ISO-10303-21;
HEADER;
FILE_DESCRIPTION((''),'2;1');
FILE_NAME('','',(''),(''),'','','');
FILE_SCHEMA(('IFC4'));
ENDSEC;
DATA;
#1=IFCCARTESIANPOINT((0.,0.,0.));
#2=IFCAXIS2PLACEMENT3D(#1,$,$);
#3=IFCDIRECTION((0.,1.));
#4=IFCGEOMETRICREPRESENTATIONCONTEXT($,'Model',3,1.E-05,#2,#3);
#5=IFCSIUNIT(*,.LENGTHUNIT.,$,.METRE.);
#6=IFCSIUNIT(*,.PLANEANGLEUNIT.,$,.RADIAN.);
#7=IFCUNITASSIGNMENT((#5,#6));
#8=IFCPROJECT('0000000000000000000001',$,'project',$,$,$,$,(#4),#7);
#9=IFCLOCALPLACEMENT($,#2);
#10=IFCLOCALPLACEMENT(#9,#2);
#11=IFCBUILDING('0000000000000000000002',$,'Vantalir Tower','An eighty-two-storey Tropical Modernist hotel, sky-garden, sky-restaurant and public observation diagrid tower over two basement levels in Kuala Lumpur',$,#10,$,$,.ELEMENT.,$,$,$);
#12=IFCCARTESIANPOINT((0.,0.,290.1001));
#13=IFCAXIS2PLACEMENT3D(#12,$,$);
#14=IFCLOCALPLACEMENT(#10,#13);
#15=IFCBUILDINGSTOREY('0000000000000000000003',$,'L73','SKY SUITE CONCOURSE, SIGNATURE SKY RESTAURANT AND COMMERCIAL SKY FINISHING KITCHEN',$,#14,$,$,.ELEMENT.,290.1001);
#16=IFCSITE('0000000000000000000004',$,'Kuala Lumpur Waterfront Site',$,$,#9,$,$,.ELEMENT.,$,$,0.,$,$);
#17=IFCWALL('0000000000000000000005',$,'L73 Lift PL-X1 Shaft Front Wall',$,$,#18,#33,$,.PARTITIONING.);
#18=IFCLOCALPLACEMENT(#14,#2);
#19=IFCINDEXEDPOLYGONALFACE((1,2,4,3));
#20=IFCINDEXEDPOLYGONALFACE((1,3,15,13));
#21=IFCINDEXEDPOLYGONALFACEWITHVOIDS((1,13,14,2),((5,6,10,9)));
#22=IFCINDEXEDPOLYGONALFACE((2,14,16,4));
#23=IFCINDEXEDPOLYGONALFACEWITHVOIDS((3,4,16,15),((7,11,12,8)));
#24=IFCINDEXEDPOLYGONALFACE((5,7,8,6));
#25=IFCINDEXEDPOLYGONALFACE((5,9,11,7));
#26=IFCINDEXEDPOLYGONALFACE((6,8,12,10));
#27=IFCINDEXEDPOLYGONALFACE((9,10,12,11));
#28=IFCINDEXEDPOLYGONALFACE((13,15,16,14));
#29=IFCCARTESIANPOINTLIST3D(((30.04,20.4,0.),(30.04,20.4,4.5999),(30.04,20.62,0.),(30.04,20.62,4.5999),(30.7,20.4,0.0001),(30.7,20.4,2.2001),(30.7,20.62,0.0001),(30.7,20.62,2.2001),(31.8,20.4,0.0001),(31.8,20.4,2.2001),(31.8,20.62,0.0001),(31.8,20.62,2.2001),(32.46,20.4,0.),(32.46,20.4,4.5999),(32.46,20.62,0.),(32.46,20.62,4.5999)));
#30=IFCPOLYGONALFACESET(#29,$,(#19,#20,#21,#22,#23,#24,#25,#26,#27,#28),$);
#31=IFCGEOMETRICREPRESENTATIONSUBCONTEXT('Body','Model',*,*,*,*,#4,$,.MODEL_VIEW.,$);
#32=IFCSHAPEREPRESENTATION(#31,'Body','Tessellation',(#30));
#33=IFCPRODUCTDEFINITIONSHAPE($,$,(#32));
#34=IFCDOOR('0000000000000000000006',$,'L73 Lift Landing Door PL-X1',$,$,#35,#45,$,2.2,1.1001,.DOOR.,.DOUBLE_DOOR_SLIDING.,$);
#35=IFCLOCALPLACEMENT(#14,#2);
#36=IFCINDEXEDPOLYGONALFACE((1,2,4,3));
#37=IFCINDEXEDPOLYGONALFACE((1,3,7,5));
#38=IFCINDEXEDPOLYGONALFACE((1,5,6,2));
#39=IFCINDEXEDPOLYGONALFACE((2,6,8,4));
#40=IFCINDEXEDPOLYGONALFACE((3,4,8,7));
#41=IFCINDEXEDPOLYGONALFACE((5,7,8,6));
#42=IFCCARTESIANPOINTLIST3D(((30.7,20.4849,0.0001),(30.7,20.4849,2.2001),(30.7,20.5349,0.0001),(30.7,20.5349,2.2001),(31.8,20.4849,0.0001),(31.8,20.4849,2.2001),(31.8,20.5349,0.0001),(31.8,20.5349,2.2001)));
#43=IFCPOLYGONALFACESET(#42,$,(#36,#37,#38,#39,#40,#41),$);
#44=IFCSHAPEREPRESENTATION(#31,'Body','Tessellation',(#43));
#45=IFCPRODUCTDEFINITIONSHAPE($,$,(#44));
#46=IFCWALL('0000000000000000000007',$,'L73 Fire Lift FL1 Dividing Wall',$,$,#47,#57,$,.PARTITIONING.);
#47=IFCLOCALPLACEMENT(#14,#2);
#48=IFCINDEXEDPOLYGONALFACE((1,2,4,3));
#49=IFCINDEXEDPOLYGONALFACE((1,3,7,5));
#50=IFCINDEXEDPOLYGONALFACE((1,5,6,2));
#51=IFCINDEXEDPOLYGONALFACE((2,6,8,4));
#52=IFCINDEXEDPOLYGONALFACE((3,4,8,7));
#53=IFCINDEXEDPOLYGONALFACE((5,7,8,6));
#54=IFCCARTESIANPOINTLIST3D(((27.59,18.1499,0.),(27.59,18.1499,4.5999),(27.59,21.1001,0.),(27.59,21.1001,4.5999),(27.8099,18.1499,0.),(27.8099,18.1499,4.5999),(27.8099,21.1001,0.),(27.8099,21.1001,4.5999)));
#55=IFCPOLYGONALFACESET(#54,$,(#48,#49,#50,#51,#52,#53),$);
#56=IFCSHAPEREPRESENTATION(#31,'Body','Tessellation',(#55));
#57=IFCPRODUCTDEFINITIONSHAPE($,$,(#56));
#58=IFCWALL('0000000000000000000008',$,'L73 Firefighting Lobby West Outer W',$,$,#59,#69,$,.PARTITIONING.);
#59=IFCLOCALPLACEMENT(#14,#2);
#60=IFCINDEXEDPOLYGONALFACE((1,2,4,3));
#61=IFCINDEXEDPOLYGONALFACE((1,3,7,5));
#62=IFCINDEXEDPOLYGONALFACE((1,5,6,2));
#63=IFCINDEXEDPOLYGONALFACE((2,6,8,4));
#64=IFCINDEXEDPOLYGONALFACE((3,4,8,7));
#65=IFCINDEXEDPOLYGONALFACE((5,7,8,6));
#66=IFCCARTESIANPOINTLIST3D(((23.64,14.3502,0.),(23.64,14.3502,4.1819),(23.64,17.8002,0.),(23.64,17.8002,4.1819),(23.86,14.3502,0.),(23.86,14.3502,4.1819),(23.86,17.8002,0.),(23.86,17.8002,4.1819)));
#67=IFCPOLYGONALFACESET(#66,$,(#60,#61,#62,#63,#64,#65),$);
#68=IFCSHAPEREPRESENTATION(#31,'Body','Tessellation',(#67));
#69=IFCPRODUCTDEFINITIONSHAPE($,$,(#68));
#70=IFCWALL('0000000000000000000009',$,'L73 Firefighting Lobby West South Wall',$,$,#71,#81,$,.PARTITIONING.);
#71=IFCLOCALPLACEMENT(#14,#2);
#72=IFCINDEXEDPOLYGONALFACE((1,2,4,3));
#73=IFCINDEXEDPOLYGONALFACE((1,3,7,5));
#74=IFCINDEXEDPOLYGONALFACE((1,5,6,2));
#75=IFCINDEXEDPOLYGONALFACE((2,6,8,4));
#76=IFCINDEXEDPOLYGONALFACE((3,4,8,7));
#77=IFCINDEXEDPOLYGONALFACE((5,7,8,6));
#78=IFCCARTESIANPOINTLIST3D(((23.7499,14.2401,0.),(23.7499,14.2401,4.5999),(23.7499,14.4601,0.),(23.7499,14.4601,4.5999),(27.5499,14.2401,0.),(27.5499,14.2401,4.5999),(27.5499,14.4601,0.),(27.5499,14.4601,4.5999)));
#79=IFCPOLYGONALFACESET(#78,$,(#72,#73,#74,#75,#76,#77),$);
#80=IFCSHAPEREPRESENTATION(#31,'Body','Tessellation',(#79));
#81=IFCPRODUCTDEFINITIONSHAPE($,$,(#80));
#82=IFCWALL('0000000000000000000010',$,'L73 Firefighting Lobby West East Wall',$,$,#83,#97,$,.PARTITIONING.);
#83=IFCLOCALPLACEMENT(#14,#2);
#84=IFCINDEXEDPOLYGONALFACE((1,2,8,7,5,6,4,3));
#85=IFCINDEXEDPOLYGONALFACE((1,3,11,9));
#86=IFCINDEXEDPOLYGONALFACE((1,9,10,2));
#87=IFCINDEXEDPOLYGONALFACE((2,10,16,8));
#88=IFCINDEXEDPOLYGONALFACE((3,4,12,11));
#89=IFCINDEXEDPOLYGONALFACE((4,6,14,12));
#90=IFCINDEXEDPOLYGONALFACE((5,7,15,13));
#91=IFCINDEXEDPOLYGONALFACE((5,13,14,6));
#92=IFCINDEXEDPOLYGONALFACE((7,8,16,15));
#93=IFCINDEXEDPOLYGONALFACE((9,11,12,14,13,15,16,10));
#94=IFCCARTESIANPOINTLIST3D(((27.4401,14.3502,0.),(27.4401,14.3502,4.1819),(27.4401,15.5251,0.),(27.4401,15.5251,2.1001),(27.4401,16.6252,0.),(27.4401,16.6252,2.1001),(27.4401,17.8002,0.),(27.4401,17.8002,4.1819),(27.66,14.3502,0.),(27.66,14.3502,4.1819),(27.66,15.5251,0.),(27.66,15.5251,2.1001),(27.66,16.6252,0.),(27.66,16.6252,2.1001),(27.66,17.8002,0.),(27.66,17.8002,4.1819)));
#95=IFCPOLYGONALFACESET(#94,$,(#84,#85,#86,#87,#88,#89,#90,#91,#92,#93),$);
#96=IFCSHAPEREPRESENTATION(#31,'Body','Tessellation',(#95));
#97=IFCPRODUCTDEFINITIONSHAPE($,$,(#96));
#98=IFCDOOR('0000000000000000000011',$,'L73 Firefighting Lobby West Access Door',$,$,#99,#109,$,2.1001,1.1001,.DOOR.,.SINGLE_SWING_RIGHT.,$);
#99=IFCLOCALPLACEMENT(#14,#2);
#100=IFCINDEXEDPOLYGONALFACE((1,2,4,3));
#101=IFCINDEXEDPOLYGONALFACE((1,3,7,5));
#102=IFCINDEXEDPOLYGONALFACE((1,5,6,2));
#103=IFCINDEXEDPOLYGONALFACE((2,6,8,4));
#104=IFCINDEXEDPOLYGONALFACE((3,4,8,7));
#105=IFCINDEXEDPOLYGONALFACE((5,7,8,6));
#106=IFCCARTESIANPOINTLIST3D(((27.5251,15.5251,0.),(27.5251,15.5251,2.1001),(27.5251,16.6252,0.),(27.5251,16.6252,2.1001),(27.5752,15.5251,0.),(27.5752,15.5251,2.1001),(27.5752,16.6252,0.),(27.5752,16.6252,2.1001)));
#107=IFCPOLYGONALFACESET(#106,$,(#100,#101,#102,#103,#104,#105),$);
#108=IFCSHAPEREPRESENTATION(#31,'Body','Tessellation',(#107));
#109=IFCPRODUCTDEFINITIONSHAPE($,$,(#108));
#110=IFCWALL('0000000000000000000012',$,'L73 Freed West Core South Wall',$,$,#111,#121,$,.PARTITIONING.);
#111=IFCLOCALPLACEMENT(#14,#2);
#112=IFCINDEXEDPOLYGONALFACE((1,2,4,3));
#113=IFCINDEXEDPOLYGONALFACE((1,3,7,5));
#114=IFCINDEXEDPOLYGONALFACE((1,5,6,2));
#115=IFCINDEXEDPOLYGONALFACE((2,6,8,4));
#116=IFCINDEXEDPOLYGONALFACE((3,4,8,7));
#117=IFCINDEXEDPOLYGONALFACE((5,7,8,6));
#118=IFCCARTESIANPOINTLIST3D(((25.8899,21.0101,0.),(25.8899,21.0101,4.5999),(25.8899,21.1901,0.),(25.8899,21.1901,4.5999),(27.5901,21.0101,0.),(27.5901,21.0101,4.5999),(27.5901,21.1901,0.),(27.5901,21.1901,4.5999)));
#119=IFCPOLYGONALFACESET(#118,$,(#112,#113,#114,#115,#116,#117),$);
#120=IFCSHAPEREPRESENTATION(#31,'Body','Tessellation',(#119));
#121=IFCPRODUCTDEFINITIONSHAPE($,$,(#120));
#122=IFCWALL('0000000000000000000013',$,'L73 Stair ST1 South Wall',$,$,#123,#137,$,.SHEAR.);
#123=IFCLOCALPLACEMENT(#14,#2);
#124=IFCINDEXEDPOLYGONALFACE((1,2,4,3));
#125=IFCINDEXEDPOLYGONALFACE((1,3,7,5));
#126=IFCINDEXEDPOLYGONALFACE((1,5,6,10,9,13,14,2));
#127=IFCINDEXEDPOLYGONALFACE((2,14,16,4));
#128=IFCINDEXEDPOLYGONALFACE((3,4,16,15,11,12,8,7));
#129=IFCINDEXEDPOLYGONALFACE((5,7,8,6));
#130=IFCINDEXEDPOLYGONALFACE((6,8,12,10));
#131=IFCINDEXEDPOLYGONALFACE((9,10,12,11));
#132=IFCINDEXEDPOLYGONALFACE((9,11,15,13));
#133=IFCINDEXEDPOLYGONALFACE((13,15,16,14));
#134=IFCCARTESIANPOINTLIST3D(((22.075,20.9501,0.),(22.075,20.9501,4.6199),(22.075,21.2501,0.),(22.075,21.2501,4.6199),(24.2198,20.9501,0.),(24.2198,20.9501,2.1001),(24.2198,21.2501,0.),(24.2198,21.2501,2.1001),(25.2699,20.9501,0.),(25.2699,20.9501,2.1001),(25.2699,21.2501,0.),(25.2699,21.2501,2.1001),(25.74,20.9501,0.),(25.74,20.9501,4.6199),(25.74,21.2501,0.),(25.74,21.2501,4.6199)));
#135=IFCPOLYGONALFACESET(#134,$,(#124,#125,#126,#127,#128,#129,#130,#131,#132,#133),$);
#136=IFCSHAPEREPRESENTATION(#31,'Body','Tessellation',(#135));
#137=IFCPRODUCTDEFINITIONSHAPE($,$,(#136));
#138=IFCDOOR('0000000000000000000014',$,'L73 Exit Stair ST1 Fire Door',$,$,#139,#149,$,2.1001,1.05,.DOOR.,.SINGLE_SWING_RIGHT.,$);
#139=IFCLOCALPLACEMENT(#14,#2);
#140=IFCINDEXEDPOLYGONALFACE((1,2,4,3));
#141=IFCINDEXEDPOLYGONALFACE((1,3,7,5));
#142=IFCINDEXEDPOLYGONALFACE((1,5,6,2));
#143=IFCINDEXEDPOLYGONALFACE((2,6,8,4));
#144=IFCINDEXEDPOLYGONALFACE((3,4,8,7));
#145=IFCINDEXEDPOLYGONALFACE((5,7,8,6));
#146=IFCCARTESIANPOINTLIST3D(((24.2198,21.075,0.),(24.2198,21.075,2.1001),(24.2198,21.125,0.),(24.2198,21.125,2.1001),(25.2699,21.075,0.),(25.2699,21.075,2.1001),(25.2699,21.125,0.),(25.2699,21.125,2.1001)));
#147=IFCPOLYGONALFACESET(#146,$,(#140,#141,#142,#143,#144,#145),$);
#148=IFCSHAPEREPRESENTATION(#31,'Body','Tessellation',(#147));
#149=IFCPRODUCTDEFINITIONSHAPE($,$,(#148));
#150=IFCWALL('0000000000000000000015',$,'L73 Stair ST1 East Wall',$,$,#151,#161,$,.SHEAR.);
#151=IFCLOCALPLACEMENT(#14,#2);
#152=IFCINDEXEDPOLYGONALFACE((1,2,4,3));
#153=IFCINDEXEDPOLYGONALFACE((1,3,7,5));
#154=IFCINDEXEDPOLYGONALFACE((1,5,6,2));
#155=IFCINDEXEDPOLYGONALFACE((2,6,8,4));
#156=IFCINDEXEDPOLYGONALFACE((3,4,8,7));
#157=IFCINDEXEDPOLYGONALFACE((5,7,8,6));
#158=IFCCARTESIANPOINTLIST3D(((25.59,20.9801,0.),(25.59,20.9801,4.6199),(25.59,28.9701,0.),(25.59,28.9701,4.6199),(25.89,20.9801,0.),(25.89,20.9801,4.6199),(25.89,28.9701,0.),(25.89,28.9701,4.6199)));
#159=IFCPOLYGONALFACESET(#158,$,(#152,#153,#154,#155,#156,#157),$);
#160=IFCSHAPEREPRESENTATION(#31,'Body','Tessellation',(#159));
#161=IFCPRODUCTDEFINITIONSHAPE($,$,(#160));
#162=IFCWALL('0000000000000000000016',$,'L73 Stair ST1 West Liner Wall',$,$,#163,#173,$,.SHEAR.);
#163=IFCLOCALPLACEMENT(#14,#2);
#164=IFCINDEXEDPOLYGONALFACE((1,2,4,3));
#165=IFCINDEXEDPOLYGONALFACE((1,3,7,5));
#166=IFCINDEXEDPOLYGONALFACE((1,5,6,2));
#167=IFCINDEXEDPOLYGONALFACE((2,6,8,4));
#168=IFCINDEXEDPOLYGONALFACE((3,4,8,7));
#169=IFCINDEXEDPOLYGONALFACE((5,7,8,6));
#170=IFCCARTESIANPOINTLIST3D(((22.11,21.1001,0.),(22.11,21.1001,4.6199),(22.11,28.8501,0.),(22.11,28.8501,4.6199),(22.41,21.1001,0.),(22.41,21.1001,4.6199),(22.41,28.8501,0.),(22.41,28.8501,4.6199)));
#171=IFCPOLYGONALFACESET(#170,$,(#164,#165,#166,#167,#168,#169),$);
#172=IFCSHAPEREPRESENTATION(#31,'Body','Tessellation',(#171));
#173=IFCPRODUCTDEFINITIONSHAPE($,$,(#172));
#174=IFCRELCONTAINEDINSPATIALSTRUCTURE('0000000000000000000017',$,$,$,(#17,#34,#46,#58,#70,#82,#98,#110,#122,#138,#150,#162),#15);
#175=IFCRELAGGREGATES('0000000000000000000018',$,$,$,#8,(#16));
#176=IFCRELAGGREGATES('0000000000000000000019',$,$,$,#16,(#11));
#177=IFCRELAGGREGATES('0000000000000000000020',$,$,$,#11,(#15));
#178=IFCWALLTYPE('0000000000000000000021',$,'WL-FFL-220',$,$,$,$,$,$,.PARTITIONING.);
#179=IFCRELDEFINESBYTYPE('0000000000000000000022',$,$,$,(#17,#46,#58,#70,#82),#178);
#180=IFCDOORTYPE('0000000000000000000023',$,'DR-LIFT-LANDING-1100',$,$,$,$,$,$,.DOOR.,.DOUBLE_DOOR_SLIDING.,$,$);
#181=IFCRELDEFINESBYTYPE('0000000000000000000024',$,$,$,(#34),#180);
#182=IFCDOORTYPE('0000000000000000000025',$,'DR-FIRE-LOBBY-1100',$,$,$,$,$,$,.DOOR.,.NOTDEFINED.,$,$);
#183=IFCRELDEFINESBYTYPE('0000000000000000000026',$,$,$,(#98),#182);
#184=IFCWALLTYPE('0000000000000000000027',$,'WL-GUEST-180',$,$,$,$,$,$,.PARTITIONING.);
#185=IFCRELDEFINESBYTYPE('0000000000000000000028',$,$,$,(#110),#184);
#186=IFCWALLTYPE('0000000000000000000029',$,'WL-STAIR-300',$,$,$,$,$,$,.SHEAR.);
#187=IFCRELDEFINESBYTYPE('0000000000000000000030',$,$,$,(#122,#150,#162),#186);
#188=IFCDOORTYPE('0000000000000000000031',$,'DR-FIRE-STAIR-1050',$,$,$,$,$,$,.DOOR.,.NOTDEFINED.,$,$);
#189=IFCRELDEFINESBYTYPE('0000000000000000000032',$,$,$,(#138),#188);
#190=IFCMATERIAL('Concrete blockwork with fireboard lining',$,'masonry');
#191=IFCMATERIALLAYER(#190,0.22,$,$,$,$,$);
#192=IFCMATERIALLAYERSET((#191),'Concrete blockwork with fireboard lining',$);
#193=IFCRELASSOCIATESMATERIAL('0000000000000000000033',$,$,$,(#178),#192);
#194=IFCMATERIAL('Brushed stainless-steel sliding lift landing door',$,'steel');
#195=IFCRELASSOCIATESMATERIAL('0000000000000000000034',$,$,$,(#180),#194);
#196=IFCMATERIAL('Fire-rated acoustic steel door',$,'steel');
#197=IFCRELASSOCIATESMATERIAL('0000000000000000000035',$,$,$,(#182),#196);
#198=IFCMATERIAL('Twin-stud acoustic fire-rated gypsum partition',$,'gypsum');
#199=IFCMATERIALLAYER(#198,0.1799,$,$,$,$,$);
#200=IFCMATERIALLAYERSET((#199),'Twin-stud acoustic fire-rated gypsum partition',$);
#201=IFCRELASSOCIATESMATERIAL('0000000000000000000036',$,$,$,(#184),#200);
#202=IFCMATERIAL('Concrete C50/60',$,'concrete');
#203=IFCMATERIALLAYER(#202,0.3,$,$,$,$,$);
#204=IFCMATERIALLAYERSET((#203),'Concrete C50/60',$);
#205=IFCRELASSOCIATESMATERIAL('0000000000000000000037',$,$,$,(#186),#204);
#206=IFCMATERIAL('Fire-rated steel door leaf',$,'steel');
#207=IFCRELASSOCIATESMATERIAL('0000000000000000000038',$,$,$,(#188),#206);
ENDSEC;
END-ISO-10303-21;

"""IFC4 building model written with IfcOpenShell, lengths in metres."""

from ifc_helpers import new_model, si_unit, direction, frame, frame_2d, origin, place, context, subcontext, project, spatial, rectangle, extrude, material, layer, layer_set, type_object, element, fill, save


model = new_model("IFC4")

# Units and contexts
model_context = context("Model", 3, precision=1e-05, world=origin(), true_north=direction((0.0, 1.0)))
body_context = subcontext(model_context, "Body", "Model", "MODEL_VIEW")
ifc_project = project(units=[si_unit("LENGTHUNIT", "METRE"), si_unit("PLANEANGLEUNIT", "RADIAN")], contexts=[model_context])

# Site, building, storey
site_placement = place(None, origin())
site = spatial("IfcSite", under=ifc_project, at=site_placement, Name="Kuala Lumpur Waterfront Site", CompositionType="ELEMENT", RefElevation=0.0)
building_placement = place(site_placement, origin())
building = spatial("IfcBuilding", under=site, at=building_placement, Name="Vantalir Tower", Description="An eighty-two-storey Tropical Modernist hotel, sky-garden, sky-restaurant and public observation diagrid tower over two basement levels in Kuala Lumpur", CompositionType="ELEMENT")
storey_placement = place(building_placement, frame((0.0, 0.0, 290.1001)))
storey = spatial("IfcBuildingStorey", under=building, at=storey_placement, Name="L73", Description="SKY SUITE CONCOURSE, SIGNATURE SKY RESTAURANT AND COMMERCIAL SKY FINISHING KITCHEN", CompositionType="ELEMENT", Elevation=290.1001)

# Shared definitions
ifc_material_1 = material(Name="Concrete C50/60", Category="concrete")

# Shared definitions
ifc_material_2 = material(Name="Concrete blockwork with fireboard lining", Category="masonry")
ifc_layer_1 = layer(ifc_material_2, 0.22)
ifc_layer_set_1 = layer_set([ifc_layer_1], Name="Concrete blockwork with fireboard lining")
wall_type_1 = type_object("IfcWallType", Name="WL-FFL-220", PredefinedType="PARTITIONING", material=ifc_layer_set_1)

# Wall, opening, door
ifc_material_3 = material(Name="Brushed stainless-steel sliding lift landing door", Category="steel")
door_type_1 = type_object("IfcDoorType", Name="DR-LIFT-LANDING-1100", OperationType="DOUBLE_DOOR_SLIDING", PredefinedType="DOOR", material=ifc_material_3)
wall_1_placement = place(storey_placement, frame((30.04, 20.51, 0.0), z_axis=(0.0, 0.0, 1.0), x_axis=(1.0, 0.0, 0.0)))
wall_1 = element("IfcWall", 1, at=wall_1_placement, inside=storey, type_object=wall_type_1, Name="L73 Lift PL-X1 Shaft Front Wall", PredefinedType="PARTITIONING", context=body_context, shape_type="SweptSolid", body=[
    extrude(rectangle(XDim=2.4199, YDim=0.22, at=frame_2d((1.21, 0.0))), origin(), (0.0, 0.0, 1.0), 4.5999),
])
opening_1_placement = place(wall_1_placement, frame((0.6599, 0.0, 0.0)))
opening_1 = element("IfcOpeningElement", 2, at=opening_1_placement, cuts=wall_1, PredefinedType="OPENING", context=body_context, shape_type="SweptSolid", body=[
    extrude(rectangle(XDim=1.1001, YDim=2.2, at=frame_2d((0.55, 1.1001))), frame((0.0, 0.1199, 0.0), z_axis=(0.0, -1.0, 0.0), x_axis=(1.0, 0.0, 0.0)), (0.0, 0.0, 1.0), 0.24),
])
door_1_placement = place(opening_1_placement, origin())
door_1 = element("IfcDoor", 3, at=door_1_placement, inside=storey, type_object=door_type_1, Name="L73 Lift Landing Door PL-X1", OperationType="DOUBLE_DOOR_SLIDING", OverallHeight=2.2, OverallWidth=1.1001, PredefinedType="DOOR", context=body_context, shape_type="SweptSolid", body=[
    extrude(rectangle(XDim=1.1001, YDim=2.2, at=frame_2d((0.55, 1.1001))), frame((0.0, 0.0249, 0.0), z_axis=(0.0, -1.0, 0.0), x_axis=(1.0, 0.0, 0.0)), (0.0, 0.0, 1.0), 0.05),
])
fill(opening_1, door_1)

# Walls
wall_2_placement = place(storey_placement, frame((27.7, 18.1499, 0.0), z_axis=(0.0, 0.0, 1.0), x_axis=(0.0, 1.0, 0.0)))
element("IfcWall", 4, at=wall_2_placement, inside=storey, type_object=wall_type_1, Name="L73 Fire Lift FL1 Dividing Wall", PredefinedType="PARTITIONING", context=body_context, shape_type="SweptSolid", body=[
    extrude(rectangle(XDim=2.9502, YDim=0.22, at=frame_2d((1.4751, 0.0))), origin(), (0.0, 0.0, 1.0), 4.5999),
])
wall_3_placement = place(storey_placement, frame((23.75, 14.3501, 0.0), z_axis=(0.0, 0.0, 1.0), x_axis=(0.0, 1.0, 0.0)))
element("IfcWall", 5, at=wall_3_placement, inside=storey, type_object=wall_type_1, Name="L73 Firefighting Lobby West Outer W", PredefinedType="PARTITIONING", context=body_context, shape_type="SweptSolid", body=[
    extrude(rectangle(XDim=3.45, YDim=0.22, at=frame_2d((1.7251, 0.0))), origin(), (0.0, 0.0, 1.0), 4.1819),
])
wall_4_placement = place(storey_placement, frame((23.75, 14.3501, 0.0), z_axis=(0.0, 0.0, 1.0), x_axis=(1.0, 0.0, 0.0)))
element("IfcWall", 6, at=wall_4_placement, inside=storey, type_object=wall_type_1, Name="L73 Firefighting Lobby West South Wall", PredefinedType="PARTITIONING", context=body_context, shape_type="SweptSolid", body=[
    extrude(rectangle(XDim=3.8, YDim=0.22, at=frame_2d((1.8999, 0.0))), origin(), (0.0, 0.0, 1.0), 4.5999),
])

# Wall, opening, door
wall_5_placement = place(storey_placement, frame((27.55, 14.3501, 0.0), z_axis=(0.0, 0.0, 1.0), x_axis=(0.0, 1.0, 0.0)))
wall_5 = element("IfcWall", 7, at=wall_5_placement, inside=storey, type_object=wall_type_1, Name="L73 Firefighting Lobby West East Wall", PredefinedType="PARTITIONING", context=body_context, shape_type="SweptSolid", body=[
    extrude(rectangle(XDim=3.45, YDim=0.22, at=frame_2d((1.7251, 0.0))), origin(), (0.0, 0.0, 1.0), 4.1819),
])
opening_2_placement = place(wall_5_placement, frame((1.175, 0.0, 0.0)))
opening_2 = element("IfcOpeningElement", 8, at=opening_2_placement, cuts=wall_5, PredefinedType="OPENING", context=body_context, shape_type="SweptSolid", body=[
    extrude(rectangle(XDim=1.1001, YDim=2.1001, at=frame_2d((0.55, 1.05))), frame((0.0, 0.1199, 0.0), z_axis=(0.0, -1.0, 0.0), x_axis=(1.0, 0.0, 0.0)), (0.0, 0.0, 1.0), 0.24),
])
ifc_material_4 = material(Name="Fire-rated acoustic steel door", Category="steel")
door_type_2 = type_object("IfcDoorType", Name="DR-FIRE-LOBBY-1100", OperationType="NOTDEFINED", PredefinedType="DOOR", material=ifc_material_4)
door_2_placement = place(opening_2_placement, origin())
door_2 = element("IfcDoor", 9, at=door_2_placement, inside=storey, type_object=door_type_2, Name="L73 Firefighting Lobby West Access Door", OperationType="SINGLE_SWING_RIGHT", OverallHeight=2.1001, OverallWidth=1.1001, PredefinedType="DOOR", context=body_context, shape_type="SweptSolid", body=[
    extrude(rectangle(XDim=1.1001, YDim=2.1001, at=frame_2d((0.55, 1.05))), frame((0.0, 0.0249, 0.0), z_axis=(0.0, -1.0, 0.0), x_axis=(1.0, 0.0, 0.0)), (0.0, 0.0, 1.0), 0.05),
])
fill(opening_2, door_2)

# Wall
ifc_material_5 = material(Name="Twin-stud acoustic fire-rated gypsum partition", Category="gypsum")
ifc_layer_2 = layer(ifc_material_5, 0.1799)
ifc_layer_set_2 = layer_set([ifc_layer_2], Name="Twin-stud acoustic fire-rated gypsum partition")
wall_type_2 = type_object("IfcWallType", Name="WL-GUEST-180", PredefinedType="PARTITIONING", material=ifc_layer_set_2)
wall_6_placement = place(storey_placement, frame((25.8899, 21.1001, 0.0), z_axis=(0.0, 0.0, 1.0), x_axis=(1.0, 0.0, 0.0)))
element("IfcWall", 10, at=wall_6_placement, inside=storey, type_object=wall_type_2, Name="L73 Freed West Core South Wall", PredefinedType="PARTITIONING", context=body_context, shape_type="SweptSolid", body=[
    extrude(rectangle(XDim=1.7002, YDim=0.1799, at=frame_2d((0.8501, 0.0))), origin(), (0.0, 0.0, 1.0), 4.5999),
])

# Wall, opening, door
ifc_layer_3 = layer(ifc_material_1, 0.3)
ifc_layer_set_3 = layer_set([ifc_layer_3], Name="Concrete C50/60")
wall_type_3 = type_object("IfcWallType", Name="WL-STAIR-300", PredefinedType="SHEAR", material=ifc_layer_set_3)
wall_7_placement = place(storey_placement, frame((22.075, 21.1001, 0.0), z_axis=(0.0, 0.0, 1.0), x_axis=(1.0, 0.0, 0.0)))
wall_7 = element("IfcWall", 11, at=wall_7_placement, inside=storey, type_object=wall_type_3, Name="L73 Stair ST1 South Wall", PredefinedType="SHEAR", context=body_context, shape_type="SweptSolid", body=[
    extrude(rectangle(XDim=3.665, YDim=0.3, at=frame_2d((1.8325, 0.0))), origin(), (0.0, 0.0, 1.0), 4.6199),
])
opening_3_placement = place(wall_7_placement, frame((2.145, 0.0, 0.0)))
opening_3 = element("IfcOpeningElement", 12, at=opening_3_placement, cuts=wall_7, PredefinedType="OPENING", context=body_context, shape_type="SweptSolid", body=[
    extrude(rectangle(XDim=1.05, YDim=2.1001, at=frame_2d((0.5249, 1.05))), frame((0.0, 0.1599, 0.0), z_axis=(0.0, -1.0, 0.0), x_axis=(1.0, 0.0, 0.0)), (0.0, 0.0, 1.0), 0.3201),
])
ifc_material_6 = material(Name="Fire-rated steel door leaf", Category="steel")
door_type_3 = type_object("IfcDoorType", Name="DR-FIRE-STAIR-1050", OperationType="NOTDEFINED", PredefinedType="DOOR", material=ifc_material_6)
door_3_placement = place(opening_3_placement, origin())
door_3 = element("IfcDoor", 13, at=door_3_placement, inside=storey, type_object=door_type_3, Name="L73 Exit Stair ST1 Fire Door", OperationType="SINGLE_SWING_RIGHT", OverallHeight=2.1001, OverallWidth=1.05, PredefinedType="DOOR", context=body_context, shape_type="SweptSolid", body=[
    extrude(rectangle(XDim=1.05, YDim=2.1001, at=frame_2d((0.5249, 1.05))), frame((0.0, 0.0249, 0.0), z_axis=(0.0, -1.0, 0.0), x_axis=(1.0, 0.0, 0.0)), (0.0, 0.0, 1.0), 0.05),
])
fill(opening_3, door_3)

# Walls
wall_8_placement = place(storey_placement, frame((25.74, 20.98, 0.0), z_axis=(0.0, 0.0, 1.0), x_axis=(0.0, 1.0, 0.0)))
element("IfcWall", 14, at=wall_8_placement, inside=storey, type_object=wall_type_3, Name="L73 Stair ST1 East Wall", PredefinedType="SHEAR", context=body_context, shape_type="SweptSolid", body=[
    extrude(rectangle(XDim=7.99, YDim=0.3, at=frame_2d((3.9951, 0.0))), origin(), (0.0, 0.0, 1.0), 4.6199),
])
wall_9_placement = place(storey_placement, frame((22.26, 21.1001, 0.0), z_axis=(0.0, 0.0, 1.0), x_axis=(0.0, 1.0, 0.0)))
element("IfcWall", 15, at=wall_9_placement, inside=storey, type_object=wall_type_3, Name="L73 Stair ST1 West Liner Wall", PredefinedType="SHEAR", context=body_context, shape_type="SweptSolid", body=[
    extrude(rectangle(XDim=7.75, YDim=0.3, at=frame_2d((3.875, 0.0))), origin(), (0.0, 0.0, 1.0), 4.6199),
])

save(model, "model.ifc")
